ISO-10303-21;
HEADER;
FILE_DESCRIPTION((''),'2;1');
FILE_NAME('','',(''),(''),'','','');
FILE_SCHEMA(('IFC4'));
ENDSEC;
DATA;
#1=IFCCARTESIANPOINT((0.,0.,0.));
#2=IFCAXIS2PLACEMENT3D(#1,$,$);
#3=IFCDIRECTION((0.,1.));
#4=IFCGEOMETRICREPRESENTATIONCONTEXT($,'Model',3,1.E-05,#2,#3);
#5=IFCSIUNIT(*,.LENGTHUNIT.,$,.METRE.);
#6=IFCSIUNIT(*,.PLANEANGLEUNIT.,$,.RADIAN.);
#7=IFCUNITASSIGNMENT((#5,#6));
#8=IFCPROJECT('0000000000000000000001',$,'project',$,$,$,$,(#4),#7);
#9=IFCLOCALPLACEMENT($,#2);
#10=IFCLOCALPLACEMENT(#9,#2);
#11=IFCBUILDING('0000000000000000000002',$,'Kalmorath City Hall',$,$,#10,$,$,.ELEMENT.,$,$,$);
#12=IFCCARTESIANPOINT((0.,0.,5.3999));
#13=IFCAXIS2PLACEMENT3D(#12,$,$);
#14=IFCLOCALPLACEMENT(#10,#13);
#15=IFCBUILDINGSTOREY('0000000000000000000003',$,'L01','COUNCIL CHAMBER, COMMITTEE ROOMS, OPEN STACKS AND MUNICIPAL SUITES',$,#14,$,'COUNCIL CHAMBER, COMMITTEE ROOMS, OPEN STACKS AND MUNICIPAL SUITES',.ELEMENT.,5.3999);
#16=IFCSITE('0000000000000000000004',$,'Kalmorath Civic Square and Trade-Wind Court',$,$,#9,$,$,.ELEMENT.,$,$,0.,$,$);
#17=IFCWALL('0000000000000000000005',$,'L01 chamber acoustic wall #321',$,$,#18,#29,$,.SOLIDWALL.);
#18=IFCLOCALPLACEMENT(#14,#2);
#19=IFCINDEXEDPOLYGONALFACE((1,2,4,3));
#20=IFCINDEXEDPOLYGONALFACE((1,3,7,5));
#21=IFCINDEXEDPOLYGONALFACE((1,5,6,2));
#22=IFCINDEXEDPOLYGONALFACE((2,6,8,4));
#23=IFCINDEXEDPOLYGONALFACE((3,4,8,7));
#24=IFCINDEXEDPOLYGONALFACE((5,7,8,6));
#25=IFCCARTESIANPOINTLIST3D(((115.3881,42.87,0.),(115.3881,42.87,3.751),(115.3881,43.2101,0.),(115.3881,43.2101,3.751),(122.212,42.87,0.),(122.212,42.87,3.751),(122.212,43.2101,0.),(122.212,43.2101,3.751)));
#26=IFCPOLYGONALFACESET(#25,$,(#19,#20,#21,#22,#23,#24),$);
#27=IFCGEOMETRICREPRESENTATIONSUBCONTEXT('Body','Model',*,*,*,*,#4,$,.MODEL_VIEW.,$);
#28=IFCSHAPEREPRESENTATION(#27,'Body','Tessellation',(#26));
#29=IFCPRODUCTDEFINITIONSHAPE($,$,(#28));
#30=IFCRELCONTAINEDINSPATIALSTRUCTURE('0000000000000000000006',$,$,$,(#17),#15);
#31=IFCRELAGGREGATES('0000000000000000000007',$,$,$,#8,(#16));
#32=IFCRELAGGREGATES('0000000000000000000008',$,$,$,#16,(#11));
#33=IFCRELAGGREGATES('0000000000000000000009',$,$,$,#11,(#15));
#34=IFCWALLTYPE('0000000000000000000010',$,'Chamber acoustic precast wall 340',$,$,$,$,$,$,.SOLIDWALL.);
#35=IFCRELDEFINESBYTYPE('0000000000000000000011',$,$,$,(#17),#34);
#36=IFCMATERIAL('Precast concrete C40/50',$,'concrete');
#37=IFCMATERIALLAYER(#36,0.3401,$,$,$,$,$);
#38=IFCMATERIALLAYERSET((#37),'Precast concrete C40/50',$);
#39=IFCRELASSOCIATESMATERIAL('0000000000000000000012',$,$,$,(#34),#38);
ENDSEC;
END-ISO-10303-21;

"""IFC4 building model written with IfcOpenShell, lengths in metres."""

from ifc_helpers import new_model, si_unit, direction, frame, frame_2d, origin, place, context, subcontext, project, spatial, rectangle, extrude, material, layer, layer_set, type_object, element, save


model = new_model("IFC4")

# Units and contexts
model_context = context("Model", 3, precision=1e-05, world=origin(), true_north=direction((0.0, 1.0)))
body_context = subcontext(model_context, "Body", "Model", "MODEL_VIEW")
ifc_project = project(units=[si_unit("LENGTHUNIT", "METRE"), si_unit("PLANEANGLEUNIT", "RADIAN")], contexts=[model_context])

# Site, building, storey
site_placement = place(None, origin())
site = spatial("IfcSite", under=ifc_project, at=site_placement, Name="Kalmorath Civic Square and Trade-Wind Court", CompositionType="ELEMENT", RefElevation=0.0)
building_placement = place(site_placement, origin())
building = spatial("IfcBuilding", under=site, at=building_placement, Name="Kalmorath City Hall", CompositionType="ELEMENT")
storey_placement = place(building_placement, frame((0.0, 0.0, 5.3999)))
storey = spatial("IfcBuildingStorey", under=building, at=storey_placement, Name="L01", Description="COUNCIL CHAMBER, COMMITTEE ROOMS, OPEN STACKS AND MUNICIPAL SUITES", LongName="COUNCIL CHAMBER, COMMITTEE ROOMS, OPEN STACKS AND MUNICIPAL SUITES", CompositionType="ELEMENT", Elevation=5.3999)

# Wall
ifc_material_1 = material(Name="Precast concrete C40/50", Category="concrete")
ifc_layer_1 = layer(ifc_material_1, 0.3401)
ifc_layer_set_1 = layer_set([ifc_layer_1], Name="Precast concrete C40/50")
wall_type = type_object("IfcWallType", Name="Chamber acoustic precast wall 340", PredefinedType="SOLIDWALL", material=ifc_layer_set_1)
wall_placement = place(storey_placement, frame((115.3879, 43.04, 0.0), z_axis=(0.0, 0.0, 1.0), x_axis=(1.0, 0.0, 0.0)))
element("IfcWall", 1, at=wall_placement, inside=storey, type_object=wall_type, Name="L01 chamber acoustic wall #321", PredefinedType="SOLIDWALL", context=body_context, shape_type="SweptSolid", body=[
    extrude(rectangle(XDim=6.824, YDim=0.3401, at=frame_2d((3.4121, 0.0))), origin(), (0.0, 0.0, 1.0), 3.751),
])

save(model, "model.ifc")
